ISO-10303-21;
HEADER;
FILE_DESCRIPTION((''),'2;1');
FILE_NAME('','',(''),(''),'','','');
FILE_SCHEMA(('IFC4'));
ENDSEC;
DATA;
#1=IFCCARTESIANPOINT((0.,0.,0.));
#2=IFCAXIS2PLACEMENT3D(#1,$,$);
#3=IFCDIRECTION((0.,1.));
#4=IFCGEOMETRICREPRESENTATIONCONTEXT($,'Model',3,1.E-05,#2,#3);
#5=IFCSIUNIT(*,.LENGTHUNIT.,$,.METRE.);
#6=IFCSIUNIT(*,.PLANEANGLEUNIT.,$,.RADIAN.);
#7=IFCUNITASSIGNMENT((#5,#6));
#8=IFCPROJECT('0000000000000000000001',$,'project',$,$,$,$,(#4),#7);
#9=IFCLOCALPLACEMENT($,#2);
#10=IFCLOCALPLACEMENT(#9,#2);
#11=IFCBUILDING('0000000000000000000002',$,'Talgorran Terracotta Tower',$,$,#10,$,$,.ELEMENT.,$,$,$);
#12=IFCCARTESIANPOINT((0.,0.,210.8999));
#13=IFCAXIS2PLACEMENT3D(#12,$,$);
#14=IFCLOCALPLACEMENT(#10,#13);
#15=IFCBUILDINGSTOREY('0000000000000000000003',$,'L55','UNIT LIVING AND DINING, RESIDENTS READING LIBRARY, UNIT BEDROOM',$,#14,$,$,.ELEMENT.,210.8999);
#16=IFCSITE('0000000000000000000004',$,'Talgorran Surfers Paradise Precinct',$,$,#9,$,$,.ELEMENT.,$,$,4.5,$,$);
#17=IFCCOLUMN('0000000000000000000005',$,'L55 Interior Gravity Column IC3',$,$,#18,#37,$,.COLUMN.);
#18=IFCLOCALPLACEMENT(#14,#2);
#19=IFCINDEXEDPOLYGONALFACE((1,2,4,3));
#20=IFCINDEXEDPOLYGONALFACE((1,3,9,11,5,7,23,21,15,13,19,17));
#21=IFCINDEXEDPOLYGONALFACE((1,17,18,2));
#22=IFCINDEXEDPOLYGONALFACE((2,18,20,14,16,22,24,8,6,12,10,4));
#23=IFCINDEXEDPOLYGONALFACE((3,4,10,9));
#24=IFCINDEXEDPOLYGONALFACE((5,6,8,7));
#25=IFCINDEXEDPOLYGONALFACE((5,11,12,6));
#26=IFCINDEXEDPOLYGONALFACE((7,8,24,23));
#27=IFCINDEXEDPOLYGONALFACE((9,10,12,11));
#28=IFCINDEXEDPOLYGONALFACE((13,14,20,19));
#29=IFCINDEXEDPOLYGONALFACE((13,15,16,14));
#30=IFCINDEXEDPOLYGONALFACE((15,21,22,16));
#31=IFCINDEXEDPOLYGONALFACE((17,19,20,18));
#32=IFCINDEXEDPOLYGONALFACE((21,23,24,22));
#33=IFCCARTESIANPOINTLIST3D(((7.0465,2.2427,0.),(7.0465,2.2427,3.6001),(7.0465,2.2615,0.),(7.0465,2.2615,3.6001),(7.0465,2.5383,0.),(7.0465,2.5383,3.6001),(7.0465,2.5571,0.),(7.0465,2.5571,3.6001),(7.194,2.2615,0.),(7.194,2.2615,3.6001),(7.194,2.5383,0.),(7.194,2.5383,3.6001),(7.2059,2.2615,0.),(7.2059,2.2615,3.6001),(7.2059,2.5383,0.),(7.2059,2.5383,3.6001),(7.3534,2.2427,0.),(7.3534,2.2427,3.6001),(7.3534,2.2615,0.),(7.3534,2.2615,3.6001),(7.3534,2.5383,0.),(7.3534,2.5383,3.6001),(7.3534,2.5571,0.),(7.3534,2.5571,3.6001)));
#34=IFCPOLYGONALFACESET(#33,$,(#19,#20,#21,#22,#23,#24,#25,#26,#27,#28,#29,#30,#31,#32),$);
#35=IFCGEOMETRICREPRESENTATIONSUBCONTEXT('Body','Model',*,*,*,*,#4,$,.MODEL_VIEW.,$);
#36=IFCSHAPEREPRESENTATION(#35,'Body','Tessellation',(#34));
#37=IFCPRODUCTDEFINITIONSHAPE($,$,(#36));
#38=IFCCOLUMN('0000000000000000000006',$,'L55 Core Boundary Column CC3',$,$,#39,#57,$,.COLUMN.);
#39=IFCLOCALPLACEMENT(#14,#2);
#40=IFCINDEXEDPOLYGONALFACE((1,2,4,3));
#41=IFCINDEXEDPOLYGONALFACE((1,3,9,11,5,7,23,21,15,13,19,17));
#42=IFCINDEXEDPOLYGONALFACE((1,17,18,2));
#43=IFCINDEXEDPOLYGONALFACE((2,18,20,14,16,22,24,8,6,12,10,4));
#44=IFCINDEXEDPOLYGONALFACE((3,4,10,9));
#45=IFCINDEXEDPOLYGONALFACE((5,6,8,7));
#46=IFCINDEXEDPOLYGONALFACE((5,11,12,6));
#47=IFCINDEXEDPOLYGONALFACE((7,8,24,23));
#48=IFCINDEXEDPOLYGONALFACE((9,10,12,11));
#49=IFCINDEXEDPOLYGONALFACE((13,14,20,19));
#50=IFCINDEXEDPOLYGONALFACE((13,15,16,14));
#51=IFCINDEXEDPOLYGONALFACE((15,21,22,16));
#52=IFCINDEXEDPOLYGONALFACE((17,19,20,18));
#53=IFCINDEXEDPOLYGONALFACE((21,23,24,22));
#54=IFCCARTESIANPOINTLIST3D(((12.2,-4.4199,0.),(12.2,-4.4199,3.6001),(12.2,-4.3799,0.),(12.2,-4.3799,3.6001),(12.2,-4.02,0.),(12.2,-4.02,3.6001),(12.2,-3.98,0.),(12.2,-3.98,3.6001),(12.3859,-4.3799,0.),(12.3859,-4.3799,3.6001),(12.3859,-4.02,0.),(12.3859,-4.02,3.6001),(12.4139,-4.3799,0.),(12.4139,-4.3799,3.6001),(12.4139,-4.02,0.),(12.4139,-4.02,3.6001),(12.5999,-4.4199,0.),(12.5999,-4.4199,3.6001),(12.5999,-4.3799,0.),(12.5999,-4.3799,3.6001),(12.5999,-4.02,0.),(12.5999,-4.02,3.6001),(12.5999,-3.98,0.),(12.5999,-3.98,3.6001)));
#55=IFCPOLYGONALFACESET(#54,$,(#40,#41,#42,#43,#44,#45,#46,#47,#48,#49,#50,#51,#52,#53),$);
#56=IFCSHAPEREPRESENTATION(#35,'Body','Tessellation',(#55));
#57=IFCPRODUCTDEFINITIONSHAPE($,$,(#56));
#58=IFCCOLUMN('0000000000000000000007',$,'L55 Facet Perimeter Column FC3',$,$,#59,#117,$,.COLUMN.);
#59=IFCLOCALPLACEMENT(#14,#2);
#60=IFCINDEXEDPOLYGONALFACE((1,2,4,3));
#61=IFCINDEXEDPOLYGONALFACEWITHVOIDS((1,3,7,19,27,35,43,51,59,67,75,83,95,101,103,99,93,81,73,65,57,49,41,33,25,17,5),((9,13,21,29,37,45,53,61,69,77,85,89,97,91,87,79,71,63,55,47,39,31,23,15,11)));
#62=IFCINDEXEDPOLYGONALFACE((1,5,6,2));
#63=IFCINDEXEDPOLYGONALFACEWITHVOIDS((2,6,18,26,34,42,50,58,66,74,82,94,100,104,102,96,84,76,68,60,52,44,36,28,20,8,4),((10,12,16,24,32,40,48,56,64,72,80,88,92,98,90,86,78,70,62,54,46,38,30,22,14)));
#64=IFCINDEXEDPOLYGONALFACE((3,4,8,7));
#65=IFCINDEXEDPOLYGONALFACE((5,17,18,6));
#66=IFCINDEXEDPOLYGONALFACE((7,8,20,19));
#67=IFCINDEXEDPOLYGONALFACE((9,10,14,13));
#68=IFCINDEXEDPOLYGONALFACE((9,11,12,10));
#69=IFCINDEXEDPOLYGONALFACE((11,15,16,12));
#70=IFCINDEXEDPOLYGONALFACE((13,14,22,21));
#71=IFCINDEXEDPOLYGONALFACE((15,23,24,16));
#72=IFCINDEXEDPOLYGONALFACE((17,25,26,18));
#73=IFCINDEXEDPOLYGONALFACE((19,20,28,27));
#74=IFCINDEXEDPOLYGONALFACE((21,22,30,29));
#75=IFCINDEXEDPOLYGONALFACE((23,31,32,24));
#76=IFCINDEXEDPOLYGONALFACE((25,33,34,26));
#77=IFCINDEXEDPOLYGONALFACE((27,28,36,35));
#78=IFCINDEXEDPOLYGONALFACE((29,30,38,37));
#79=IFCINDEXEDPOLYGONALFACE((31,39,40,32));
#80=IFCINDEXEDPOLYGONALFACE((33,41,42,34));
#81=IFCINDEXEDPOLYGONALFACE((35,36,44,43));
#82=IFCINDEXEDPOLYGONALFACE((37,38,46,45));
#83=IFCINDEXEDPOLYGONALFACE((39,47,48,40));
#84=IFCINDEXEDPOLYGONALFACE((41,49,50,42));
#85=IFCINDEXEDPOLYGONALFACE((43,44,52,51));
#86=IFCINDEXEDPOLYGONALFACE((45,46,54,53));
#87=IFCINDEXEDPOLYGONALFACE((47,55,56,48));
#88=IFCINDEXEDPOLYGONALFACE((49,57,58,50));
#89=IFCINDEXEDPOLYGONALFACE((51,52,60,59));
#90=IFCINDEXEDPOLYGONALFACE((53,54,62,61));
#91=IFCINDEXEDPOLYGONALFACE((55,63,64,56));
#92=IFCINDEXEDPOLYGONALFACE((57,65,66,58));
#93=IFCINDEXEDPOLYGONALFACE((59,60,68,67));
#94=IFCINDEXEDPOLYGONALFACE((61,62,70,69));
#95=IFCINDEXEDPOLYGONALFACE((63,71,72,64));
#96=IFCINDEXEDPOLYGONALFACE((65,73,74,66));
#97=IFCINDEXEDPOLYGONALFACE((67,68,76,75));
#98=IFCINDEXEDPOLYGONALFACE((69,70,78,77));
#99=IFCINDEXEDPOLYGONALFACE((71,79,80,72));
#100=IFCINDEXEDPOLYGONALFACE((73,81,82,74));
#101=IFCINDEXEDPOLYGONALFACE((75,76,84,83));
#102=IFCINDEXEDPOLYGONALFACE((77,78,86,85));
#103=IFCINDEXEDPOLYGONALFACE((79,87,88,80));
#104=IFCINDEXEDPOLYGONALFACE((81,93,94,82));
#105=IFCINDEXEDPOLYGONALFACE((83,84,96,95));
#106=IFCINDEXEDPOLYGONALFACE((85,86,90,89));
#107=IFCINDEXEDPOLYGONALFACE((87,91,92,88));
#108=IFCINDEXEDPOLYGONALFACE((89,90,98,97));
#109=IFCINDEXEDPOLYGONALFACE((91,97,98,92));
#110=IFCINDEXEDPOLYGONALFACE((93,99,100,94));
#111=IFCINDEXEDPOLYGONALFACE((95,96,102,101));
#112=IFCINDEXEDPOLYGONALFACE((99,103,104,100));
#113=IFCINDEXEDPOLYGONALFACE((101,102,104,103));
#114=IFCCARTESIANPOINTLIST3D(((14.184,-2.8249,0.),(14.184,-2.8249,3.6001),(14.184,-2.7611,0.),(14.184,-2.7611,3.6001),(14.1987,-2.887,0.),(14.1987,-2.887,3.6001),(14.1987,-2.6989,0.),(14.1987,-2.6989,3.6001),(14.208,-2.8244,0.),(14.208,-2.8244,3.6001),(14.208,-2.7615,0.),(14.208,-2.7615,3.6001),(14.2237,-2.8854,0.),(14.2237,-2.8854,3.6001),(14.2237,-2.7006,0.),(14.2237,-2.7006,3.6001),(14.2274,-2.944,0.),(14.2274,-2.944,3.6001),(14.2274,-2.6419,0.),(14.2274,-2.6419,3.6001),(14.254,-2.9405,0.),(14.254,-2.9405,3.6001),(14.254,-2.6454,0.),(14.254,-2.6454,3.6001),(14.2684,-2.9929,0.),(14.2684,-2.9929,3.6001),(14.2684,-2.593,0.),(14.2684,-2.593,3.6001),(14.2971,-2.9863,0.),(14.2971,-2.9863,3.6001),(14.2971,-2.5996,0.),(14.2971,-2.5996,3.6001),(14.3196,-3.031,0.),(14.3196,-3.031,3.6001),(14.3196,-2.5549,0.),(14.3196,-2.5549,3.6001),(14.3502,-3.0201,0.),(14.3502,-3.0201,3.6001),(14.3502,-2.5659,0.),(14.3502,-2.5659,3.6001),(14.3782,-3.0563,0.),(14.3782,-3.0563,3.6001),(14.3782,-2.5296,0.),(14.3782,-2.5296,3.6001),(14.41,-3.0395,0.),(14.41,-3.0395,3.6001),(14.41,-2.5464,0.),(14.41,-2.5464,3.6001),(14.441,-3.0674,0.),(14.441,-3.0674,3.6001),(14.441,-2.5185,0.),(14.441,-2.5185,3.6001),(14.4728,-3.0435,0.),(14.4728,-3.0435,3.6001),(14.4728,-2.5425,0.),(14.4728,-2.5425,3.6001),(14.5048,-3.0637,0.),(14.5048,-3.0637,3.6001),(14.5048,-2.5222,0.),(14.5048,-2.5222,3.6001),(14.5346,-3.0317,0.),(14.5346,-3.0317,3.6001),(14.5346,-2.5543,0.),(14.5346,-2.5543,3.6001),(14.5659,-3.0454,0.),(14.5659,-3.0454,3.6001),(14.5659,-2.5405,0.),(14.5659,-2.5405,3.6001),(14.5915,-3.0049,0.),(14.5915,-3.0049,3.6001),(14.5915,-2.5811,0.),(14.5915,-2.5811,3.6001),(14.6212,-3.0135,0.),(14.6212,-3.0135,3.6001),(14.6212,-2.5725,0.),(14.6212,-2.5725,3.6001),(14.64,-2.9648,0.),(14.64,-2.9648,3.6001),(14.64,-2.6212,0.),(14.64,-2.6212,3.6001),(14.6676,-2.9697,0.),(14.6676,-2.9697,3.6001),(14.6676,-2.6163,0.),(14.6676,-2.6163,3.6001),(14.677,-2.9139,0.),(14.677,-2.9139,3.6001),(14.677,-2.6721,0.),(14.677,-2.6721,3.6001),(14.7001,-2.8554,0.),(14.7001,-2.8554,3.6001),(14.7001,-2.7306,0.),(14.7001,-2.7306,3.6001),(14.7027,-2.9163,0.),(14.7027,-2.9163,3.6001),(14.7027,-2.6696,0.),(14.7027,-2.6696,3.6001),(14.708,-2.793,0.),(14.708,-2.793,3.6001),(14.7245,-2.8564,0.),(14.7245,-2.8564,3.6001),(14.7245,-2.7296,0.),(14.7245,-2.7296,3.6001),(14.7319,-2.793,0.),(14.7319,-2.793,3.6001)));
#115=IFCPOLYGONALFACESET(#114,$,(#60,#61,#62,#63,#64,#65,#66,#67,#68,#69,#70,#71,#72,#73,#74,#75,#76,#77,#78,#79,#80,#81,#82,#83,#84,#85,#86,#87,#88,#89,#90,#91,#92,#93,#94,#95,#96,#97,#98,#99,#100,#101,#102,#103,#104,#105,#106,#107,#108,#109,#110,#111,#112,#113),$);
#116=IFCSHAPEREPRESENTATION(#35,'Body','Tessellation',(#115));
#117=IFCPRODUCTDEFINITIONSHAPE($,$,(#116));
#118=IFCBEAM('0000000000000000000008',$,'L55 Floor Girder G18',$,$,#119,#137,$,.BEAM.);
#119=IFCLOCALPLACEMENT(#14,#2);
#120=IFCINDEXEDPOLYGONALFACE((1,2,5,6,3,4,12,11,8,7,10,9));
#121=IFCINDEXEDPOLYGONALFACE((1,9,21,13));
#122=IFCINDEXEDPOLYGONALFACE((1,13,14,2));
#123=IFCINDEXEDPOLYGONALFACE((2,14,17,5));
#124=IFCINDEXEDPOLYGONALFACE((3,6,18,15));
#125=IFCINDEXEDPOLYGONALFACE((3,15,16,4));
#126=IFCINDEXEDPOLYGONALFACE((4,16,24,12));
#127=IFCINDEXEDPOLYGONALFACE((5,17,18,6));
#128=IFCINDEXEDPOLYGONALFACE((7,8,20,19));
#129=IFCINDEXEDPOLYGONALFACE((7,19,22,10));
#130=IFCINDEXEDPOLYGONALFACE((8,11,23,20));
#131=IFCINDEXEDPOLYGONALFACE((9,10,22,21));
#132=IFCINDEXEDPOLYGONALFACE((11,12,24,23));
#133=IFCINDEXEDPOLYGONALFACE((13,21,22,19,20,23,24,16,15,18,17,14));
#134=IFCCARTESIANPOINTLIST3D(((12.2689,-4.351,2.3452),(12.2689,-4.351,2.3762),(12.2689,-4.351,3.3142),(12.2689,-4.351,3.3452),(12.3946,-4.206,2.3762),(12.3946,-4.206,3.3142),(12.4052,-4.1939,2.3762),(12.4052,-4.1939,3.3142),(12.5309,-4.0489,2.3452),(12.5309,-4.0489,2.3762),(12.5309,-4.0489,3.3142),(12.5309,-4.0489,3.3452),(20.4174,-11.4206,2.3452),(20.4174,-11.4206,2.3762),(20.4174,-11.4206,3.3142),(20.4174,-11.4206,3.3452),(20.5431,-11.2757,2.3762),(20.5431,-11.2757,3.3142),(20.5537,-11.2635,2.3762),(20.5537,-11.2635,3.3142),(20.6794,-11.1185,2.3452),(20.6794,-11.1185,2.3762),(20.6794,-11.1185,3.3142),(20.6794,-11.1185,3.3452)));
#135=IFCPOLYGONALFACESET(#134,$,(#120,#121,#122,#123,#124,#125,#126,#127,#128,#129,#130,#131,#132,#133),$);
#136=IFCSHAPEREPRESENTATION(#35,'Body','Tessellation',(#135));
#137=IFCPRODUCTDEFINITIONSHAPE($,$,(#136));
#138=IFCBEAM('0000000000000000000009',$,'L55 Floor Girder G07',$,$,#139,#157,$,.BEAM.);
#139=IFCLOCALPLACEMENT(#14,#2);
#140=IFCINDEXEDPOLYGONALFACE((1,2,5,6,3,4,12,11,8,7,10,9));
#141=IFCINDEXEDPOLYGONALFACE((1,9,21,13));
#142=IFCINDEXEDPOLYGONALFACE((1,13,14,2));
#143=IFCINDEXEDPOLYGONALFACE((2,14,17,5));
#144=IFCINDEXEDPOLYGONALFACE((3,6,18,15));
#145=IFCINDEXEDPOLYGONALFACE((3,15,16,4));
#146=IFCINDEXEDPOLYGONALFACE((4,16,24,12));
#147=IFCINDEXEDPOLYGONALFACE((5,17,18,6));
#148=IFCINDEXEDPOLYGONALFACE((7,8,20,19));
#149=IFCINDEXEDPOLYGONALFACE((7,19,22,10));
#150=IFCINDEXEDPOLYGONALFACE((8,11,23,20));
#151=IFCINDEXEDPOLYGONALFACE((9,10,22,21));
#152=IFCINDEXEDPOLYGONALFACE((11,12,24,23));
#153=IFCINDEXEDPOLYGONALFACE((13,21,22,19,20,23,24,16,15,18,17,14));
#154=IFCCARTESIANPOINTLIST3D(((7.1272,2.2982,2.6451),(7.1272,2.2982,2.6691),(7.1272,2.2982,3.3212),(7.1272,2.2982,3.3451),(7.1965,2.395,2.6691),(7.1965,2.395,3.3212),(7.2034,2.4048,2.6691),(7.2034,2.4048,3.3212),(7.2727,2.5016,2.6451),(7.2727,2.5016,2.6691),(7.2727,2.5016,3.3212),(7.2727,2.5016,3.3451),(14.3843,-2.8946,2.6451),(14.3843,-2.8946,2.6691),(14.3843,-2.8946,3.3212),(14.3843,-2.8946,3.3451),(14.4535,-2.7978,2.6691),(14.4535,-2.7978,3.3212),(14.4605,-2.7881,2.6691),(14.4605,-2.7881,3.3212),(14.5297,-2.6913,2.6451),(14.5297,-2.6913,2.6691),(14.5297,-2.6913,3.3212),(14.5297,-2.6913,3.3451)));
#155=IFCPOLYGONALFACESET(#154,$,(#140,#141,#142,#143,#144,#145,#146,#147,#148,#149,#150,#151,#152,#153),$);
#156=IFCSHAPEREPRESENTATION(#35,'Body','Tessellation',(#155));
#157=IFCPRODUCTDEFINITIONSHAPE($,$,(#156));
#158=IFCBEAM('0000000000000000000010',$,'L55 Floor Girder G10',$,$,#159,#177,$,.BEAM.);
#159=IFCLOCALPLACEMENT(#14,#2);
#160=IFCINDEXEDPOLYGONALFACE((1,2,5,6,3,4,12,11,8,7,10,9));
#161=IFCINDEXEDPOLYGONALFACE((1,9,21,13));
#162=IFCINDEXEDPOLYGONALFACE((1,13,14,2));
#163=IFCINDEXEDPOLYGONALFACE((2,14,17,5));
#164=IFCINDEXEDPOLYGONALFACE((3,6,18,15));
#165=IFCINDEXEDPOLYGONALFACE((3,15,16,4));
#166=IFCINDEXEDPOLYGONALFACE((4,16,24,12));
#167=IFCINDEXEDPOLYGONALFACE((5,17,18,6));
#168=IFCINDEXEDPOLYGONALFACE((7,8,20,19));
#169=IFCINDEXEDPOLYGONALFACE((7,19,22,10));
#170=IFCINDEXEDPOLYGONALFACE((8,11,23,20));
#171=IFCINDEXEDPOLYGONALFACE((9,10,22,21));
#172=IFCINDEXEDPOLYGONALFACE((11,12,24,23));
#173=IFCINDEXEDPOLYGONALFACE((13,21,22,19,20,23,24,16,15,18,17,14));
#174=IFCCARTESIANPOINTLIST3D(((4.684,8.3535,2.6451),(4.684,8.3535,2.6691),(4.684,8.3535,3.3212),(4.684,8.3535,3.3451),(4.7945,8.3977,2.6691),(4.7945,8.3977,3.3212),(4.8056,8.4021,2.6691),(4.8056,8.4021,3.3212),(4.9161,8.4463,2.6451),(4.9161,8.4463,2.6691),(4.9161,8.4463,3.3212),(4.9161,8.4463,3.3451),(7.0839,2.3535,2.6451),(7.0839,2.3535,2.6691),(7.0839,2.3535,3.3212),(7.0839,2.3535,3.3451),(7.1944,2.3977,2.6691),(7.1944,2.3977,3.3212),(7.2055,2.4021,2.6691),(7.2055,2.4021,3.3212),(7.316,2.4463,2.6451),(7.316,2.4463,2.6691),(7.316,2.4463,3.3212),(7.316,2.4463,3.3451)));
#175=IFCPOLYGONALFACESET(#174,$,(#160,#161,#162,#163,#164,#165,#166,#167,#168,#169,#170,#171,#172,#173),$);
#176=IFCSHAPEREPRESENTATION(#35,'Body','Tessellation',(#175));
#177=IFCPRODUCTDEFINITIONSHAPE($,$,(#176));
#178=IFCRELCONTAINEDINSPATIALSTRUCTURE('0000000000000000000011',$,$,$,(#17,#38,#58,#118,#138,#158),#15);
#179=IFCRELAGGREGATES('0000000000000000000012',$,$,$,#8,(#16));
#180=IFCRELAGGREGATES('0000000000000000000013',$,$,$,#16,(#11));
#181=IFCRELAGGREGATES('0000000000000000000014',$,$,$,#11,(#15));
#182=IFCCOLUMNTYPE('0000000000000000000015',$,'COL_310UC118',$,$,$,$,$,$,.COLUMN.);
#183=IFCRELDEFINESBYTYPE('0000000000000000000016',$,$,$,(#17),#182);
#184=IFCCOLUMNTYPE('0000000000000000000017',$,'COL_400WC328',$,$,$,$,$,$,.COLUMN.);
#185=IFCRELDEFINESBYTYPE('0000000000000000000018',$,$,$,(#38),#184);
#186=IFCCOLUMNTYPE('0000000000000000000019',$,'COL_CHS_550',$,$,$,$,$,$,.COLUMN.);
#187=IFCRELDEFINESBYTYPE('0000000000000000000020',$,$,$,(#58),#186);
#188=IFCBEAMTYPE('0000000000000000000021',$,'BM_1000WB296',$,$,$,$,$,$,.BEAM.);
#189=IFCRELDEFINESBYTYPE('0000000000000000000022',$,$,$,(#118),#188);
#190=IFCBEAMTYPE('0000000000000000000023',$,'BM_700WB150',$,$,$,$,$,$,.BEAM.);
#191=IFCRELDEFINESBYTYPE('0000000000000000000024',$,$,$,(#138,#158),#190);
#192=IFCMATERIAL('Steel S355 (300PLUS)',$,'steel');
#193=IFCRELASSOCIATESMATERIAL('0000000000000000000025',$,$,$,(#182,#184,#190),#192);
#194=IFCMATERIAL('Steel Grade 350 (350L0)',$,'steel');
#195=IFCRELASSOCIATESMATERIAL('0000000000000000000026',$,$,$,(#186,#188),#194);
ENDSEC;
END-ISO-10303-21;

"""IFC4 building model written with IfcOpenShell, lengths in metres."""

from ifc_helpers import new_model, si_unit, direction, frame, origin, origin_2d, place, context, subcontext, project, spatial, hollow_circle, i_section, extrude, material, material_profile, profile_set, type_object, element, save


model = new_model("IFC4")

# Units and contexts
model_context = context("Model", 3, precision=1e-05, world=origin(), true_north=direction((0.0, 1.0)))
body_context = subcontext(model_context, "Body", "Model", "MODEL_VIEW")
ifc_project = project(units=[si_unit("LENGTHUNIT", "METRE"), si_unit("PLANEANGLEUNIT", "RADIAN")], contexts=[model_context])

# Site, building, storey
site_placement = place(None, origin())
site = spatial("IfcSite", under=ifc_project, at=site_placement, Name="Talgorran Surfers Paradise Precinct", CompositionType="ELEMENT", RefElevation=4.5)
building_placement = place(site_placement, origin())
building = spatial("IfcBuilding", under=site, at=building_placement, Name="Talgorran Terracotta Tower", CompositionType="ELEMENT")
storey_placement = place(building_placement, frame((0.0, 0.0, 210.8999)))
storey = spatial("IfcBuildingStorey", under=building, at=storey_placement, Name="L55", Description="UNIT LIVING AND DINING, RESIDENTS READING LIBRARY, UNIT BEDROOM", CompositionType="ELEMENT", Elevation=210.8999)

# Columns
ifc_material_1 = material(Name="Steel S355 (300PLUS)", Category="steel")
ifc_material_profile_1 = material_profile(ifc_material_1, i_section(OverallWidth=0.3069, OverallDepth=0.3145, WebThickness=0.012, FlangeThickness=0.0188, at=origin_2d()), Name="310UC118")
ifc_profile_set_1 = profile_set([ifc_material_profile_1], Name="Steel S355 (300PLUS)")
column_type_1 = type_object("IfcColumnType", Name="COL_310UC118", PredefinedType="COLUMN", material=ifc_profile_set_1)
column_1_placement = place(storey_placement, frame((7.2, 2.3999, 0.0), z_axis=(0.0, 0.0, 1.0), x_axis=(1.0, 0.0, 0.0)))
element("IfcColumn", 1, at=column_1_placement, inside=storey, type_object=column_type_1, Name="L55 Interior Gravity Column IC3", PredefinedType="COLUMN", context=body_context, shape_type="SweptSolid", body=[
    extrude(i_section(OverallWidth=0.3069, OverallDepth=0.3145, WebThickness=0.012, FlangeThickness=0.0188, at=origin_2d()), origin(), (0.0, 0.0, 1.0), 3.6001),
])
ifc_material_profile_2 = material_profile(ifc_material_1, i_section(OverallWidth=0.3999, OverallDepth=0.4399, WebThickness=0.0281, FlangeThickness=0.04, at=origin_2d()), Name="400WC328")
ifc_profile_set_2 = profile_set([ifc_material_profile_2], Name="Steel S355 (300PLUS)")
column_type_2 = type_object("IfcColumnType", Name="COL_400WC328", PredefinedType="COLUMN", material=ifc_profile_set_2)
column_2_placement = place(storey_placement, frame((12.3999, -4.2, 0.0), z_axis=(0.0, 0.0, 1.0), x_axis=(1.0, 0.0, 0.0)))
element("IfcColumn", 2, at=column_2_placement, inside=storey, type_object=column_type_2, Name="L55 Core Boundary Column CC3", PredefinedType="COLUMN", context=body_context, shape_type="SweptSolid", body=[
    extrude(i_section(OverallWidth=0.3999, OverallDepth=0.4399, WebThickness=0.0281, FlangeThickness=0.04, at=origin_2d()), origin(), (0.0, 0.0, 1.0), 3.6001),
])
ifc_material_2 = material(Name="Steel Grade 350 (350L0)", Category="steel")
ifc_material_profile_3 = material_profile(ifc_material_2, hollow_circle(Radius=0.2749, WallThickness=0.0239, at=origin_2d()), Name="CHS550X24")
ifc_profile_set_3 = profile_set([ifc_material_profile_3], Name="Steel Grade 350 (350L0)")
column_type_3 = type_object("IfcColumnType", Name="COL_CHS_550", PredefinedType="COLUMN", material=ifc_profile_set_3)
column_3_placement = place(storey_placement, frame((14.457, -2.793, 0.0), z_axis=(0.0, 0.0, 1.0), x_axis=(1.0, 0.0, 0.0)))
element("IfcColumn", 3, at=column_3_placement, inside=storey, type_object=column_type_3, Name="L55 Facet Perimeter Column FC3", PredefinedType="COLUMN", context=body_context, shape_type="SweptSolid", body=[
    extrude(hollow_circle(Radius=0.2749, WallThickness=0.0239, at=origin_2d()), origin(), (0.0, 0.0, 1.0), 3.6001),
])

# Beams
ifc_material_profile_4 = material_profile(ifc_material_2, i_section(OverallWidth=0.3999, OverallDepth=1.0, WebThickness=0.0161, FlangeThickness=0.031, at=origin_2d()), Name="1000WB296")
ifc_profile_set_4 = profile_set([ifc_material_profile_4], Name="Steel Grade 350 (350L0)")
beam_type_1 = type_object("IfcBeamType", Name="BM_1000WB296", PredefinedType="BEAM", material=ifc_profile_set_4)
beam_1_placement = place(storey_placement, frame((12.3999, -4.2, 2.8452), z_axis=(0.75534, -0.655333, 0.0), x_axis=(0.655333, 0.75534, 0.0)))
element("IfcBeam", 4, at=beam_1_placement, inside=storey, type_object=beam_type_1, Name="L55 Floor Girder G18", PredefinedType="BEAM", context=body_context, shape_type="SweptSolid", body=[
    extrude(i_section(OverallWidth=0.3999, OverallDepth=1.0, WebThickness=0.0161, FlangeThickness=0.031, at=origin_2d()), origin(), (0.0, 0.0, 1.0), 10.7878),
])
ifc_material_profile_5 = material_profile(ifc_material_1, i_section(OverallWidth=0.25, OverallDepth=0.7, WebThickness=0.012, FlangeThickness=0.0239, at=origin_2d()), Name="700WB150")
ifc_profile_set_5 = profile_set([ifc_material_profile_5], Name="Steel S355 (300PLUS)")
beam_type_2 = type_object("IfcBeamType", Name="BM_700WB150", PredefinedType="BEAM", material=ifc_profile_set_5)
beam_2_placement = place(storey_placement, frame((7.2, 2.3999, 2.9951), z_axis=(0.813243, -0.581924, 0.0), x_axis=(0.581924, 0.813243, 0.0)))
element("IfcBeam", 5, at=beam_2_placement, inside=storey, type_object=beam_type_2, Name="L55 Floor Girder G07", PredefinedType="BEAM", context=body_context, shape_type="SweptSolid", body=[
    extrude(i_section(OverallWidth=0.25, OverallDepth=0.7, WebThickness=0.012, FlangeThickness=0.0239, at=origin_2d()), origin(), (0.0, 0.0, 1.0), 8.9236),
])
beam_3_placement = place(storey_placement, frame((7.2, 2.3999, 2.9951), z_axis=(-0.371378, 0.928482, 0.0), x_axis=(-0.928482, -0.371378, 0.0)))
element("IfcBeam", 6, at=beam_3_placement, inside=storey, type_object=beam_type_2, Name="L55 Floor Girder G10", PredefinedType="BEAM", context=body_context, shape_type="SweptSolid", body=[
    extrude(i_section(OverallWidth=0.25, OverallDepth=0.7, WebThickness=0.012, FlangeThickness=0.0239, at=origin_2d()), origin(), (0.0, 0.0, 1.0), 6.4622),
])

save(model, "model.ifc")
